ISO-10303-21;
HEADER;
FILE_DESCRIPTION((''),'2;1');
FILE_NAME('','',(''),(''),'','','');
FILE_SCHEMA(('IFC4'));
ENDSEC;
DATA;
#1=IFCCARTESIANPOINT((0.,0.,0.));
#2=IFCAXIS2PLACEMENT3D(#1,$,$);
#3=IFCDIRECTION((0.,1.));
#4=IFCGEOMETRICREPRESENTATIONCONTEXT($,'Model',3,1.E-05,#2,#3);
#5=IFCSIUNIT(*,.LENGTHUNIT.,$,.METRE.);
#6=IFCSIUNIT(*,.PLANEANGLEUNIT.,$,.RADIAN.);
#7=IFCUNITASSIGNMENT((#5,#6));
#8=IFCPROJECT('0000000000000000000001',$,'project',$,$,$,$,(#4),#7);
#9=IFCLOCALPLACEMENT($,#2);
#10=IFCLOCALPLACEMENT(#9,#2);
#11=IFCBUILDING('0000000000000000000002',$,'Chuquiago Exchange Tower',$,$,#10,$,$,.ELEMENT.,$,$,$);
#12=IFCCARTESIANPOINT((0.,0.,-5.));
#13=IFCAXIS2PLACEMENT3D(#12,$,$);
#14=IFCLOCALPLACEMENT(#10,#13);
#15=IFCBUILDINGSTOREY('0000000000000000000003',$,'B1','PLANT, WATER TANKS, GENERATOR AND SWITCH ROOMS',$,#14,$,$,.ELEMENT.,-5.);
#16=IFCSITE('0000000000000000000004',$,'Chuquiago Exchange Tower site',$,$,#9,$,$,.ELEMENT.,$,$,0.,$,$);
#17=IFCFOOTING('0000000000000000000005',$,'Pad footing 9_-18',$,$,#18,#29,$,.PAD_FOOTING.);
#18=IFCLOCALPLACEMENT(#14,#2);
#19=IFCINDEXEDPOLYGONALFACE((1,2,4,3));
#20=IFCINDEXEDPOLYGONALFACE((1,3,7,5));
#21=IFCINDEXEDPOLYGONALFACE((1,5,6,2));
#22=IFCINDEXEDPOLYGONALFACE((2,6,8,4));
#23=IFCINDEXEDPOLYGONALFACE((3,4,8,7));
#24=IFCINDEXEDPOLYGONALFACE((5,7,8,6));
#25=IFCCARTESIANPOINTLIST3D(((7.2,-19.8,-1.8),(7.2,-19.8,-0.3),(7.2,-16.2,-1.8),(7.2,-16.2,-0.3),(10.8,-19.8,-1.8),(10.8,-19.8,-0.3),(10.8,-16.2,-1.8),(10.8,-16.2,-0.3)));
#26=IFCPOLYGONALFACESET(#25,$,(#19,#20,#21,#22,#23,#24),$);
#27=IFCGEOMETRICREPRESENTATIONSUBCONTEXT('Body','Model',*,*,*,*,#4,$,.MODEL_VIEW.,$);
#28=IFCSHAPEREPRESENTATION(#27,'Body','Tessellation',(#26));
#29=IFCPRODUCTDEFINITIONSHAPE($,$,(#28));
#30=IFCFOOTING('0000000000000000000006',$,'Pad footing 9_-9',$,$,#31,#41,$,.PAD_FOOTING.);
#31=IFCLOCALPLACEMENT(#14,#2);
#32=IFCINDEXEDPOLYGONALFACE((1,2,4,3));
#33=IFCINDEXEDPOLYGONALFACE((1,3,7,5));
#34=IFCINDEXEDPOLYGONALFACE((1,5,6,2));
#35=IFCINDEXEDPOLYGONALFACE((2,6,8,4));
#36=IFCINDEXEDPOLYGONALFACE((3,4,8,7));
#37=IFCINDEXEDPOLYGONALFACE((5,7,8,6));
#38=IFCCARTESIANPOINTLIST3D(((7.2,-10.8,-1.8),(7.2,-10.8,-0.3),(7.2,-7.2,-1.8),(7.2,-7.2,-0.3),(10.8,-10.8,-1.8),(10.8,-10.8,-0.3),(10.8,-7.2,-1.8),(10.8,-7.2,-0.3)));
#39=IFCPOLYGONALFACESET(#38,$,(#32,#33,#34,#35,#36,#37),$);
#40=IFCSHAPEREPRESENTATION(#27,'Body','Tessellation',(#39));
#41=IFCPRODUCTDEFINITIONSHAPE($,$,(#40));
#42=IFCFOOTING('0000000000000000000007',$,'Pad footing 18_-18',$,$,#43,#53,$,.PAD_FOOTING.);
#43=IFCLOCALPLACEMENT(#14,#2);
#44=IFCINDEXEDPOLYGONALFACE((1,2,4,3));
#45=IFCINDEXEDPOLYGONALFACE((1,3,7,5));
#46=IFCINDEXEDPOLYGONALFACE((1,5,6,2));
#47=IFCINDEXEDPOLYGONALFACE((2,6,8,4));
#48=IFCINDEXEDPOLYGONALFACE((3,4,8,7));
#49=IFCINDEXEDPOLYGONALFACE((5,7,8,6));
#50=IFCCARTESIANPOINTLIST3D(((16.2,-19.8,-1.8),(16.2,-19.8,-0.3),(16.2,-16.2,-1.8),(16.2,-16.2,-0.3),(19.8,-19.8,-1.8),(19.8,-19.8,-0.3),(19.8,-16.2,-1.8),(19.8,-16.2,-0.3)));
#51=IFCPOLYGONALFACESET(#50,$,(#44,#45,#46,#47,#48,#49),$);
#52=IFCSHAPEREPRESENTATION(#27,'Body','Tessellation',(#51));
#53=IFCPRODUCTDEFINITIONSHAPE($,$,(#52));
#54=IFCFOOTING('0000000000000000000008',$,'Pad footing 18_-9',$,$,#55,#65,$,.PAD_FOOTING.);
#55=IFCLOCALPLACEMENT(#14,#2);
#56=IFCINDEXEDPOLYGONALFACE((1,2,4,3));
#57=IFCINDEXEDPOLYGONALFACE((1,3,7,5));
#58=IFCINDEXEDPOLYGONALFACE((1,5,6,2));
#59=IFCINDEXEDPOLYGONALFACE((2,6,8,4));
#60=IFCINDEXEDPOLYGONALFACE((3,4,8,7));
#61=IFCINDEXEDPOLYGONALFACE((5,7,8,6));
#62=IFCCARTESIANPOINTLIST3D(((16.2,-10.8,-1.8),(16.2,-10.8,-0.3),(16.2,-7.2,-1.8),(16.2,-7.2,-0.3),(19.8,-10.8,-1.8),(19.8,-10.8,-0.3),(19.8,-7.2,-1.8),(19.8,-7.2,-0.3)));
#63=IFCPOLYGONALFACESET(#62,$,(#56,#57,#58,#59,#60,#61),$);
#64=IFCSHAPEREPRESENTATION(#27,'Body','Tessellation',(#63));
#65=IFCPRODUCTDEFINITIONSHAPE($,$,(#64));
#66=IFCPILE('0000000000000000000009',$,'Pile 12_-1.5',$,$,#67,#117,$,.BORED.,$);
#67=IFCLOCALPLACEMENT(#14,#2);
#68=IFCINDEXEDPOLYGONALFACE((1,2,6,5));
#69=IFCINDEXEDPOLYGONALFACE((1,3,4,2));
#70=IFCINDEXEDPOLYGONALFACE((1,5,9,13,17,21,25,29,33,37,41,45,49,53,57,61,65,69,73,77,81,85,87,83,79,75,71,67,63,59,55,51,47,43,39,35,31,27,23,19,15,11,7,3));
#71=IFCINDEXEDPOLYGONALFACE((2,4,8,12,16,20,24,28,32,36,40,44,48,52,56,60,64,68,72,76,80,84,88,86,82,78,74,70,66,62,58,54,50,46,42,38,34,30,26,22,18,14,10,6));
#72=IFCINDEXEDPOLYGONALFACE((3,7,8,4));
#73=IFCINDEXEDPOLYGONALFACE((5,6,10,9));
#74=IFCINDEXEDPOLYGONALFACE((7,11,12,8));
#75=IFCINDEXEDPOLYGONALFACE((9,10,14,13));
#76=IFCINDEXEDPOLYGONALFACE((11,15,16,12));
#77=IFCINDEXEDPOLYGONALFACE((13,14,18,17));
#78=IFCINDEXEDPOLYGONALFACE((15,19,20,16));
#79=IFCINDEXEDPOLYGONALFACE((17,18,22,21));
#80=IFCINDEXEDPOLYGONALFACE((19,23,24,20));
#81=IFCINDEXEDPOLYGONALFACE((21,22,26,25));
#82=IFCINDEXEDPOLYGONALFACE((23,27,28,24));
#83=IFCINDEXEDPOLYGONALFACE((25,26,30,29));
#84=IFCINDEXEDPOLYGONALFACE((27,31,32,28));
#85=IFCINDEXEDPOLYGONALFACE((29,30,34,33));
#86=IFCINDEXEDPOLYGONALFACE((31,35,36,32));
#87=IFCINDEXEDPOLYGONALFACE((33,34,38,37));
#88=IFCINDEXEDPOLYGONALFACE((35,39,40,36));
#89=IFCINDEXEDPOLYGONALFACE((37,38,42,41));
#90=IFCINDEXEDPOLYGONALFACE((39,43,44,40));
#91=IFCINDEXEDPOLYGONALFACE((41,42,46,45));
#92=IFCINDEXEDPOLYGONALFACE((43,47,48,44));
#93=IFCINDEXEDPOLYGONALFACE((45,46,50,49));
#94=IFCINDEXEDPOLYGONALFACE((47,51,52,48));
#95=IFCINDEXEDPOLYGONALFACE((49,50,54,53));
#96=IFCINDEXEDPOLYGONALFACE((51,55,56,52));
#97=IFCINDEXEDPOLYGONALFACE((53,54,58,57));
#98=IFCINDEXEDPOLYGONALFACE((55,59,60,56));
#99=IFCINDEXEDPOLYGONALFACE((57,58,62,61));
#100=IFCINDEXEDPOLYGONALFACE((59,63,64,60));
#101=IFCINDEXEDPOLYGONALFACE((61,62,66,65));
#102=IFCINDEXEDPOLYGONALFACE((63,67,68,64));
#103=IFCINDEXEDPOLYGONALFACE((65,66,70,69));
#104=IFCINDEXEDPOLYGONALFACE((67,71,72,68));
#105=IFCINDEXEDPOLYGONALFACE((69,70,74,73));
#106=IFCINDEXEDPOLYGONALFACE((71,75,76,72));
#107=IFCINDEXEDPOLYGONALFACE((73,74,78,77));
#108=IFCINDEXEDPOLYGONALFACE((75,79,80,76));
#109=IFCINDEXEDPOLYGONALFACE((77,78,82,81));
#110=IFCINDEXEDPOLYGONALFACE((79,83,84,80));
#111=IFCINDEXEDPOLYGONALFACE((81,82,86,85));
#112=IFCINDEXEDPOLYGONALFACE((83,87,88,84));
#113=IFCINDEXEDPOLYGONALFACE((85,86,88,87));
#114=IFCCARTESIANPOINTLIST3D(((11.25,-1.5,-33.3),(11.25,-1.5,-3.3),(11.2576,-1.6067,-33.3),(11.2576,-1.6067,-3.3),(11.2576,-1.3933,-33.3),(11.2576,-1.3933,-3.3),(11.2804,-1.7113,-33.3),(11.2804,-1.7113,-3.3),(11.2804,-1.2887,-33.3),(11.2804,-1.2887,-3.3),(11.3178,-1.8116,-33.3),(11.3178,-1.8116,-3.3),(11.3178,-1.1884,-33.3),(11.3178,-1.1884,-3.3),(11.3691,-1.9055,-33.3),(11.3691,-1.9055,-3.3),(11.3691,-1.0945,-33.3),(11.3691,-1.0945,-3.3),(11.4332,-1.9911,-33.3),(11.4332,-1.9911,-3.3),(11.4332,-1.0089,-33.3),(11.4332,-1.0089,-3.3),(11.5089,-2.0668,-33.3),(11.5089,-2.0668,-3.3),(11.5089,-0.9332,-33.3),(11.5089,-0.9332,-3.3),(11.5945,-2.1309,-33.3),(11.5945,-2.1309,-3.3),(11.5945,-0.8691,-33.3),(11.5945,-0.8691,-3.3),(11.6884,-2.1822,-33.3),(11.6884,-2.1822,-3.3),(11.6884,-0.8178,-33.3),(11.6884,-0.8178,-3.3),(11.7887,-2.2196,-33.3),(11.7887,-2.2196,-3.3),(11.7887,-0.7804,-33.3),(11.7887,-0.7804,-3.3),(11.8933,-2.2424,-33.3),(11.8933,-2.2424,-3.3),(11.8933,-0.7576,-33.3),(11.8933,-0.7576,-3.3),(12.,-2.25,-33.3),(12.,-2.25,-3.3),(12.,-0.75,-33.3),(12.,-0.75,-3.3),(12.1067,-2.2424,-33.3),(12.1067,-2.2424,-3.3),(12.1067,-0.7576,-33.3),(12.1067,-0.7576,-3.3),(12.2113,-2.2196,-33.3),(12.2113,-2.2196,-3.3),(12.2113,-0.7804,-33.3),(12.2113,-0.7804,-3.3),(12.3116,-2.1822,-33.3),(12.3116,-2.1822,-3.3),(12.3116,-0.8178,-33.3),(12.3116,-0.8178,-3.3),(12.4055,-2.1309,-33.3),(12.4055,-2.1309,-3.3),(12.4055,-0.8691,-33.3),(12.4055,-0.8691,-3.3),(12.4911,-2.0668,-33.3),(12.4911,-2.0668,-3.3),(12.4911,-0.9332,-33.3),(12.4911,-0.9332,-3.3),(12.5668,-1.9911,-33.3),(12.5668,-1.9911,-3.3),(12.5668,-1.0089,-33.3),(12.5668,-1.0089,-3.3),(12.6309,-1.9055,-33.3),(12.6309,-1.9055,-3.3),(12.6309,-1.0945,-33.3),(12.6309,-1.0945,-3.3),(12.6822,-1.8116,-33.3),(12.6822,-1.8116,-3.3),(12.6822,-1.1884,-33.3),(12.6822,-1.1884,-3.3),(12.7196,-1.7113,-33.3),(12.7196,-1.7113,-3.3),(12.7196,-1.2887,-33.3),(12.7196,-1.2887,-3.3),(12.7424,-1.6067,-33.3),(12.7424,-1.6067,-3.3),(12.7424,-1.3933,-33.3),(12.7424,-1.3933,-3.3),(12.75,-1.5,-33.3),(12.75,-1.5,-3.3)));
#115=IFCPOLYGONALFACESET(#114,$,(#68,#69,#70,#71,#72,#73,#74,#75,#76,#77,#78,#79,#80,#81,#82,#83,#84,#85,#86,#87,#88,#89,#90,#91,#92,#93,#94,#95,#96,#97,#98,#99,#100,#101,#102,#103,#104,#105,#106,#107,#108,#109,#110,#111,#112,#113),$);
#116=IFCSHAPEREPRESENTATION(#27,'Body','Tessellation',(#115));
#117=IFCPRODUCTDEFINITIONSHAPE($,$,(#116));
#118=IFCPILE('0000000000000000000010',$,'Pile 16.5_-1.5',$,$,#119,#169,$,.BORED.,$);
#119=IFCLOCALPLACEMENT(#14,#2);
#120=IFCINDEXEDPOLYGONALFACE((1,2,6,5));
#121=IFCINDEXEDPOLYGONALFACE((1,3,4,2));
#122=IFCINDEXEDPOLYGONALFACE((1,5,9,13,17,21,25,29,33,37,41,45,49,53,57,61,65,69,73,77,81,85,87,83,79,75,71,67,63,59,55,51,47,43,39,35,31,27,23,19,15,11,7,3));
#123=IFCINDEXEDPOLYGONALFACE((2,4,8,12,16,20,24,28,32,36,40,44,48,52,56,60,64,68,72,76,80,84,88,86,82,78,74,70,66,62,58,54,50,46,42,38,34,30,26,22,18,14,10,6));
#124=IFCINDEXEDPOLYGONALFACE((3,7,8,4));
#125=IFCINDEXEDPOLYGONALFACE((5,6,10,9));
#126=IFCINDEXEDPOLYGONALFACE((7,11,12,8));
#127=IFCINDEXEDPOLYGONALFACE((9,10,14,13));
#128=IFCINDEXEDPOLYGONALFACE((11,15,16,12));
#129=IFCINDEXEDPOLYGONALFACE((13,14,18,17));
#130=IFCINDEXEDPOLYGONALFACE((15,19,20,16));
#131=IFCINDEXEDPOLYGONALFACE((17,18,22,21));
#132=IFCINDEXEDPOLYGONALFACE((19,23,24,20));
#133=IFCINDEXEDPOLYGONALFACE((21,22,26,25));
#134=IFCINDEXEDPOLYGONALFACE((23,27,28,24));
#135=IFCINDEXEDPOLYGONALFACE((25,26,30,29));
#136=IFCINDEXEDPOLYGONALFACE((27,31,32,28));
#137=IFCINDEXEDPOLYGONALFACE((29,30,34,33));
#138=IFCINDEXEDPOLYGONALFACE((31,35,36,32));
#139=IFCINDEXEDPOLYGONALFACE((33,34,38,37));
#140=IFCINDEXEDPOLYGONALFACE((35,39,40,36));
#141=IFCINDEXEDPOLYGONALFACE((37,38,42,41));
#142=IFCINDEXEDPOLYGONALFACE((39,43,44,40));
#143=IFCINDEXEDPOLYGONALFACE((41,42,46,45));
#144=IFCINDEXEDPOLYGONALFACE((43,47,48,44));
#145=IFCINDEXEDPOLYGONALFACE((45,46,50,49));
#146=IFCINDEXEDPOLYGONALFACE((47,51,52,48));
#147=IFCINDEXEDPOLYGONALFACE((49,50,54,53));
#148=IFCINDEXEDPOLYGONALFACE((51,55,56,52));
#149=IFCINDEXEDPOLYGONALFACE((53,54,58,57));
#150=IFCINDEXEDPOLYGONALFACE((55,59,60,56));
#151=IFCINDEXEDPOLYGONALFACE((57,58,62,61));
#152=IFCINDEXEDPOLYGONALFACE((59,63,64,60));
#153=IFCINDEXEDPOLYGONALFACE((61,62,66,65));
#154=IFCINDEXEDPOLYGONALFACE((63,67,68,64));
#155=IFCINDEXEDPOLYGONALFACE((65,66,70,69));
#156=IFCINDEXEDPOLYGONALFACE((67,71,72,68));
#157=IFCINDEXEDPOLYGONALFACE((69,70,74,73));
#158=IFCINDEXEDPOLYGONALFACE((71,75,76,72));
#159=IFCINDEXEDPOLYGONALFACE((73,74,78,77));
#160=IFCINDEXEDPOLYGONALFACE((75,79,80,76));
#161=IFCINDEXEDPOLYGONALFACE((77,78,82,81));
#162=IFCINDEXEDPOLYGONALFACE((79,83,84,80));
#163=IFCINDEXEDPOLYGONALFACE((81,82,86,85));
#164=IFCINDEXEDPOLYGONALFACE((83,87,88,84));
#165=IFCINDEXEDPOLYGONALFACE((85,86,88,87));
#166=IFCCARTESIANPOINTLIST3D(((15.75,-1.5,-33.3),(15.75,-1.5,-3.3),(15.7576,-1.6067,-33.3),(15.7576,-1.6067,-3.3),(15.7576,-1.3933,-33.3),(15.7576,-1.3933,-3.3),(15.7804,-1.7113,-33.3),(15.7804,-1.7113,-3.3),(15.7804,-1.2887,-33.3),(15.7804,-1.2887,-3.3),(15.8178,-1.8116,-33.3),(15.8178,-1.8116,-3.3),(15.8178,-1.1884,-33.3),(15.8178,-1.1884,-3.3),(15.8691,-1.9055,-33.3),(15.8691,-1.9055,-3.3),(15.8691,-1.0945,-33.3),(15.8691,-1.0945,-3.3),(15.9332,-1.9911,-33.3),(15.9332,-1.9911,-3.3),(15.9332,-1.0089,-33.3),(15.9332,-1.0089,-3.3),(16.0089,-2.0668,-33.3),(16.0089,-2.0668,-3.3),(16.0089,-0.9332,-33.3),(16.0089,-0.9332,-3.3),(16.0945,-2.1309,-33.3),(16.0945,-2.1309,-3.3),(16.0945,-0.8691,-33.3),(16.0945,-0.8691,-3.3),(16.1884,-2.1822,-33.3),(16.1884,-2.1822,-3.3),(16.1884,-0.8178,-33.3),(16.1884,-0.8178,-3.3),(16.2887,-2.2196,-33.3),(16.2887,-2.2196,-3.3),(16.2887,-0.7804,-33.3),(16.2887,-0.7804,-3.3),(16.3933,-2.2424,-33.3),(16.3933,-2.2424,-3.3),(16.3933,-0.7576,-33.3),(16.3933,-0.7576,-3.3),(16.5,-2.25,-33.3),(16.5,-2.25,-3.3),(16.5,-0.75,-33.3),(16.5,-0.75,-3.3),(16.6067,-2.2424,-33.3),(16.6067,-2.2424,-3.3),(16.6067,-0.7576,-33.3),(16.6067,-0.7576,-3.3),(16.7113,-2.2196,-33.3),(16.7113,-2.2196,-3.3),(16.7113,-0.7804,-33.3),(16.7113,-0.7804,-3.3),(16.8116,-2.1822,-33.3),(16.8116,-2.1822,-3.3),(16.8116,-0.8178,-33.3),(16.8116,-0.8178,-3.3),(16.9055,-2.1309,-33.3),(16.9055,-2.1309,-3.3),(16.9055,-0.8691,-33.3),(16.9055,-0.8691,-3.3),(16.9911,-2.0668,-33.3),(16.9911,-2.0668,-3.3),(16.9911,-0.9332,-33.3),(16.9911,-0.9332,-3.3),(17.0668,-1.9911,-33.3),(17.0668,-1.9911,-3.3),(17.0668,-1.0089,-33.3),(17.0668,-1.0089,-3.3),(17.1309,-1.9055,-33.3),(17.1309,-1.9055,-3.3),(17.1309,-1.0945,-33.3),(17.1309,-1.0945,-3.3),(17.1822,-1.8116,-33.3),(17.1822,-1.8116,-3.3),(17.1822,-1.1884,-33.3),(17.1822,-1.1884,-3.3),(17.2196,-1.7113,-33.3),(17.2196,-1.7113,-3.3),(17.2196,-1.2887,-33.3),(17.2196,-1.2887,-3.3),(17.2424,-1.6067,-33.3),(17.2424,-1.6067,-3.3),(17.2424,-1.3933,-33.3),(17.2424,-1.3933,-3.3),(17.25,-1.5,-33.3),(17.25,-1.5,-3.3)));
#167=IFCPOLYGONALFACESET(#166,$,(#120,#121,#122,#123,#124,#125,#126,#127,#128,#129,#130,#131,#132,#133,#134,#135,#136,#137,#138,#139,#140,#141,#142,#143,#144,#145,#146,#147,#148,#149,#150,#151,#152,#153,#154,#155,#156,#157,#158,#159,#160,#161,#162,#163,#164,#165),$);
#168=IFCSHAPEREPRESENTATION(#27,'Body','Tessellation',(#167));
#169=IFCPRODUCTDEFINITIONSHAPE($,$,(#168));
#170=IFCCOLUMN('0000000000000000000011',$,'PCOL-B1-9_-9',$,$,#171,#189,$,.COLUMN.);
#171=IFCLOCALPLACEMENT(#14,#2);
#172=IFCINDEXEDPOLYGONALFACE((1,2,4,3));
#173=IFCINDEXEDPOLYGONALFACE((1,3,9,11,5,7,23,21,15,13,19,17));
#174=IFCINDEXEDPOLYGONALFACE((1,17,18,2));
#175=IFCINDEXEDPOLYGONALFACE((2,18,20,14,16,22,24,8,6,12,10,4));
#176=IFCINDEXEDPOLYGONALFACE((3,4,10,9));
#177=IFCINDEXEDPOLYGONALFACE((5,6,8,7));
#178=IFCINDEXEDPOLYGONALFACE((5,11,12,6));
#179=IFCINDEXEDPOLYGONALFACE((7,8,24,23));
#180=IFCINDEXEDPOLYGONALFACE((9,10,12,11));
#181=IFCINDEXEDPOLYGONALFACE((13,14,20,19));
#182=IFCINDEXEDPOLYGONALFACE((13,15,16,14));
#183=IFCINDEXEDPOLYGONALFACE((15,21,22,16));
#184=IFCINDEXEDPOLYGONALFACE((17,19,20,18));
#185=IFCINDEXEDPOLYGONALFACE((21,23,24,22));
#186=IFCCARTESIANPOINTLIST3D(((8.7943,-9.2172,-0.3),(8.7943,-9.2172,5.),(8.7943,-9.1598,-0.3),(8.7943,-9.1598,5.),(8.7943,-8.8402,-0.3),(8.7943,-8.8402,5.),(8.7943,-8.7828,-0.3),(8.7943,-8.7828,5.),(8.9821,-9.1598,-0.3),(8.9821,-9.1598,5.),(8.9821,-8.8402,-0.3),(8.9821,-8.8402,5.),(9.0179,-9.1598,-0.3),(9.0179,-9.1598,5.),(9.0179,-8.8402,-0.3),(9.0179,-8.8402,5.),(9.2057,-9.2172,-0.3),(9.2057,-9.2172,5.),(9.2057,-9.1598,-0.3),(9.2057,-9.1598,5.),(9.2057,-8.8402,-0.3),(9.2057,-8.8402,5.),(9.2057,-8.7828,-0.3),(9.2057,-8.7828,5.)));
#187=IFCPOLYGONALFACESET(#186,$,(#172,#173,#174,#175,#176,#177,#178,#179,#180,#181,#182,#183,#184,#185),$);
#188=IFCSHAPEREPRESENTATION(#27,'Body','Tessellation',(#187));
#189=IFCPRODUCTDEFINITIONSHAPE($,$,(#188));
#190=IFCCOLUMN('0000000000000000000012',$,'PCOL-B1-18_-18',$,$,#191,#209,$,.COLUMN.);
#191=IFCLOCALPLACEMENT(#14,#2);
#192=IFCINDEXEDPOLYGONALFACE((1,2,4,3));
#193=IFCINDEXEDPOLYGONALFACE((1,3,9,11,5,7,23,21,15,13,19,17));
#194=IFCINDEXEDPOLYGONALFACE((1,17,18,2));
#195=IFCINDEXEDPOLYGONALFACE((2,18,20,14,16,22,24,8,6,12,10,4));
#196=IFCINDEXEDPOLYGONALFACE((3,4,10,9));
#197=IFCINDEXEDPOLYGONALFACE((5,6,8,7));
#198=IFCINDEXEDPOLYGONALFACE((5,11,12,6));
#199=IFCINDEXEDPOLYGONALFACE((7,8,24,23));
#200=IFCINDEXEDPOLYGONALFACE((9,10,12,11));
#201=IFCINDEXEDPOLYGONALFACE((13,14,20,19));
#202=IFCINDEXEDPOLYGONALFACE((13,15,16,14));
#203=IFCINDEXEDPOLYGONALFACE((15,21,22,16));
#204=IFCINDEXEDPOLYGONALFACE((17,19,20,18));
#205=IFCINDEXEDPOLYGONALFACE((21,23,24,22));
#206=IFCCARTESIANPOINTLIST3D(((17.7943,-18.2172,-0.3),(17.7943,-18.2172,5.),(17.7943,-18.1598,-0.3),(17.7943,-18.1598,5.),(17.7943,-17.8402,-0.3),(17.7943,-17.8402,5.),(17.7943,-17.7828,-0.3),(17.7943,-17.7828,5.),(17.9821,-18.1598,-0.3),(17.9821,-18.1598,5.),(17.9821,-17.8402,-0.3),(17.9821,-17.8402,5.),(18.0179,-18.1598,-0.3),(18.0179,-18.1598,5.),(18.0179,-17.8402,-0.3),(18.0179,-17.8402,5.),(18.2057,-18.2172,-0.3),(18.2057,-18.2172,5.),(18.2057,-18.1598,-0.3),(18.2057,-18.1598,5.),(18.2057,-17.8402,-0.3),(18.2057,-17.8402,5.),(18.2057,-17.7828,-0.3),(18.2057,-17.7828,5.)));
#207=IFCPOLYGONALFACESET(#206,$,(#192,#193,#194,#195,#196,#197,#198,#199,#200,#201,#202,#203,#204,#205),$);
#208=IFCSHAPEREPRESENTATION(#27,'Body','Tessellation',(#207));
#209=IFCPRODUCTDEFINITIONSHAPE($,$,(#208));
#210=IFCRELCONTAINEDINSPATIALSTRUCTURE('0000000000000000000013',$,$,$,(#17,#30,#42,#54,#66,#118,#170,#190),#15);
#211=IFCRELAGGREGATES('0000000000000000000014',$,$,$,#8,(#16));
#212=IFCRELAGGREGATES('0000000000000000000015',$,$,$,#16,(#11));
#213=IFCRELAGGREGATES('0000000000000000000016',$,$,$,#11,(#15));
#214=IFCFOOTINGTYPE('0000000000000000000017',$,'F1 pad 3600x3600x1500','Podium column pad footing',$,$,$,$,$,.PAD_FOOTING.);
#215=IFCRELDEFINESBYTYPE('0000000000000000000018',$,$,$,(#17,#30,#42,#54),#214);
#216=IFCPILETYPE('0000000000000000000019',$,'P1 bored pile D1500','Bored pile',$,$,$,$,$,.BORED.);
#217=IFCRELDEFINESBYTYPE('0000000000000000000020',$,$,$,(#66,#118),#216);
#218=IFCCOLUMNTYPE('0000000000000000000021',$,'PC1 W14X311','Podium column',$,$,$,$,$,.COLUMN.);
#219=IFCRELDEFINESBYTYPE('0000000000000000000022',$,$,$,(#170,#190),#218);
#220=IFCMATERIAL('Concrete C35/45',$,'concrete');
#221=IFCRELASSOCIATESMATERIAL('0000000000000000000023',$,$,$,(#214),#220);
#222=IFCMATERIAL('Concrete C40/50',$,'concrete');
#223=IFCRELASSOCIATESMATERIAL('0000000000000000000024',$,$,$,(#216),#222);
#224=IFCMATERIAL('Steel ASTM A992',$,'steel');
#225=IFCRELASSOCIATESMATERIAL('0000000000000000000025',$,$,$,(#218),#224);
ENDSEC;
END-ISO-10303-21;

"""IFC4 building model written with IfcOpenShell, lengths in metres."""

from ifc_helpers import new_model, si_unit, direction, frame, origin, origin_2d, place, context, subcontext, project, spatial, rectangle, circle, i_section, extrude, material, material_profile, profile_set, type_object, element, save


model = new_model("IFC4")

# Units and contexts
model_context = context("Model", 3, precision=1e-05, world=origin(), true_north=direction((0.0, 1.0)))
body_context = subcontext(model_context, "Body", "Model", "MODEL_VIEW")
ifc_project = project(units=[si_unit("LENGTHUNIT", "METRE"), si_unit("PLANEANGLEUNIT", "RADIAN")], contexts=[model_context])

# Site, building, storey
site_placement = place(None, origin())
site = spatial("IfcSite", under=ifc_project, at=site_placement, Name="Chuquiago Exchange Tower site", CompositionType="ELEMENT", RefElevation=0.0)
building_placement = place(site_placement, origin())
building = spatial("IfcBuilding", under=site, at=building_placement, Name="Chuquiago Exchange Tower", CompositionType="ELEMENT")
storey_placement = place(building_placement, frame((0.0, 0.0, -5.0)))
storey = spatial("IfcBuildingStorey", under=building, at=storey_placement, Name="B1", Description="PLANT, WATER TANKS, GENERATOR AND SWITCH ROOMS", CompositionType="ELEMENT", Elevation=-5.0)

# Footings
ifc_material_1 = material(Name="Concrete C35/45", Category="concrete")
footing_type = type_object("IfcFootingType", Name="F1 pad 3600x3600x1500", Description="Podium column pad footing", PredefinedType="PAD_FOOTING", material=ifc_material_1)
for number, where, z_axis, x_axis, name in (
    (1, (9.0, -18.0, -1.8), (0.0, 0.0, 1.0), (1.0, 0.0, 0.0), "Pad footing 9_-18"),
    (2, (9.0, -9.0, -1.8), (0.0, 0.0, 1.0), (1.0, 0.0, 0.0), "Pad footing 9_-9"),
    (3, (18.0, -18.0, -1.8), (0.0, 0.0, 1.0), (1.0, 0.0, 0.0), "Pad footing 18_-18"),
    (4, (18.0, -9.0, -1.8), (0.0, 0.0, 1.0), (1.0, 0.0, 0.0), "Pad footing 18_-9"),
):
    element("IfcFooting", number, at=place(storey_placement, frame(where, z_axis=z_axis, x_axis=x_axis)), inside=storey, type_object=footing_type, Name=name, PredefinedType="PAD_FOOTING", context=body_context, shape_type="SweptSolid", body=[
        extrude(rectangle(XDim=3.6001, YDim=3.6001, at=origin_2d()), origin(), (0.0, 0.0, 1.0), 1.5),
    ])

# Piles
ifc_material_2 = material(Name="Concrete C40/50", Category="concrete")
ifc_material_profile_1 = material_profile(ifc_material_2, circle(Radius=0.75, at=origin_2d()), Name="D1500")
ifc_profile_set_1 = profile_set([ifc_material_profile_1], Name="Concrete C40/50")
pile_type = type_object("IfcPileType", Name="P1 bored pile D1500", Description="Bored pile", PredefinedType="BORED", material=ifc_profile_set_1)
for number, where, z_axis, x_axis, name in (
    (5, (12.0, -1.5, -3.3), (0.0, 0.0, -1.0), (1.0, 0.0, 0.0), "Pile 12_-1.5"),
    (6, (16.5, -1.5, -3.3), (0.0, 0.0, -1.0), (1.0, 0.0, 0.0), "Pile 16.5_-1.5"),
):
    element("IfcPile", number, at=place(storey_placement, frame(where, z_axis=z_axis, x_axis=x_axis)), inside=storey, type_object=pile_type, Name=name, PredefinedType="BORED", context=body_context, shape_type="SweptSolid", body=[
        extrude(circle(Radius=0.75, at=origin_2d()), origin(), (0.0, 0.0, 1.0), 30.0),
    ])

# Columns
ifc_material_3 = material(Name="Steel ASTM A992", Category="steel")
ifc_material_profile_2 = material_profile(ifc_material_3, i_section(OverallWidth=0.4114, OverallDepth=0.4343, WebThickness=0.0359, FlangeThickness=0.0574, at=origin_2d()), Name="W14X311")
ifc_profile_set_2 = profile_set([ifc_material_profile_2], Name="Steel ASTM A992")
column_type = type_object("IfcColumnType", Name="PC1 W14X311", Description="Podium column", PredefinedType="COLUMN", material=ifc_profile_set_2)
for number, where, z_axis, x_axis, name in (
    (7, (9.0, -9.0, -0.3), (0.0, 0.0, 1.0), (1.0, 0.0, 0.0), "PCOL-B1-9_-9"),
    (8, (18.0, -18.0, -0.3), (0.0, 0.0, 1.0), (1.0, 0.0, 0.0), "PCOL-B1-18_-18"),
):
    element("IfcColumn", number, at=place(storey_placement, frame(where, z_axis=z_axis, x_axis=x_axis)), inside=storey, type_object=column_type, Name=name, PredefinedType="COLUMN", context=body_context, shape_type="SweptSolid", body=[
        extrude(i_section(OverallWidth=0.4114, OverallDepth=0.4343, WebThickness=0.0359, FlangeThickness=0.0574, at=origin_2d()), origin(), (0.0, 0.0, 1.0), 5.3),
    ])

save(model, "model.ifc")
